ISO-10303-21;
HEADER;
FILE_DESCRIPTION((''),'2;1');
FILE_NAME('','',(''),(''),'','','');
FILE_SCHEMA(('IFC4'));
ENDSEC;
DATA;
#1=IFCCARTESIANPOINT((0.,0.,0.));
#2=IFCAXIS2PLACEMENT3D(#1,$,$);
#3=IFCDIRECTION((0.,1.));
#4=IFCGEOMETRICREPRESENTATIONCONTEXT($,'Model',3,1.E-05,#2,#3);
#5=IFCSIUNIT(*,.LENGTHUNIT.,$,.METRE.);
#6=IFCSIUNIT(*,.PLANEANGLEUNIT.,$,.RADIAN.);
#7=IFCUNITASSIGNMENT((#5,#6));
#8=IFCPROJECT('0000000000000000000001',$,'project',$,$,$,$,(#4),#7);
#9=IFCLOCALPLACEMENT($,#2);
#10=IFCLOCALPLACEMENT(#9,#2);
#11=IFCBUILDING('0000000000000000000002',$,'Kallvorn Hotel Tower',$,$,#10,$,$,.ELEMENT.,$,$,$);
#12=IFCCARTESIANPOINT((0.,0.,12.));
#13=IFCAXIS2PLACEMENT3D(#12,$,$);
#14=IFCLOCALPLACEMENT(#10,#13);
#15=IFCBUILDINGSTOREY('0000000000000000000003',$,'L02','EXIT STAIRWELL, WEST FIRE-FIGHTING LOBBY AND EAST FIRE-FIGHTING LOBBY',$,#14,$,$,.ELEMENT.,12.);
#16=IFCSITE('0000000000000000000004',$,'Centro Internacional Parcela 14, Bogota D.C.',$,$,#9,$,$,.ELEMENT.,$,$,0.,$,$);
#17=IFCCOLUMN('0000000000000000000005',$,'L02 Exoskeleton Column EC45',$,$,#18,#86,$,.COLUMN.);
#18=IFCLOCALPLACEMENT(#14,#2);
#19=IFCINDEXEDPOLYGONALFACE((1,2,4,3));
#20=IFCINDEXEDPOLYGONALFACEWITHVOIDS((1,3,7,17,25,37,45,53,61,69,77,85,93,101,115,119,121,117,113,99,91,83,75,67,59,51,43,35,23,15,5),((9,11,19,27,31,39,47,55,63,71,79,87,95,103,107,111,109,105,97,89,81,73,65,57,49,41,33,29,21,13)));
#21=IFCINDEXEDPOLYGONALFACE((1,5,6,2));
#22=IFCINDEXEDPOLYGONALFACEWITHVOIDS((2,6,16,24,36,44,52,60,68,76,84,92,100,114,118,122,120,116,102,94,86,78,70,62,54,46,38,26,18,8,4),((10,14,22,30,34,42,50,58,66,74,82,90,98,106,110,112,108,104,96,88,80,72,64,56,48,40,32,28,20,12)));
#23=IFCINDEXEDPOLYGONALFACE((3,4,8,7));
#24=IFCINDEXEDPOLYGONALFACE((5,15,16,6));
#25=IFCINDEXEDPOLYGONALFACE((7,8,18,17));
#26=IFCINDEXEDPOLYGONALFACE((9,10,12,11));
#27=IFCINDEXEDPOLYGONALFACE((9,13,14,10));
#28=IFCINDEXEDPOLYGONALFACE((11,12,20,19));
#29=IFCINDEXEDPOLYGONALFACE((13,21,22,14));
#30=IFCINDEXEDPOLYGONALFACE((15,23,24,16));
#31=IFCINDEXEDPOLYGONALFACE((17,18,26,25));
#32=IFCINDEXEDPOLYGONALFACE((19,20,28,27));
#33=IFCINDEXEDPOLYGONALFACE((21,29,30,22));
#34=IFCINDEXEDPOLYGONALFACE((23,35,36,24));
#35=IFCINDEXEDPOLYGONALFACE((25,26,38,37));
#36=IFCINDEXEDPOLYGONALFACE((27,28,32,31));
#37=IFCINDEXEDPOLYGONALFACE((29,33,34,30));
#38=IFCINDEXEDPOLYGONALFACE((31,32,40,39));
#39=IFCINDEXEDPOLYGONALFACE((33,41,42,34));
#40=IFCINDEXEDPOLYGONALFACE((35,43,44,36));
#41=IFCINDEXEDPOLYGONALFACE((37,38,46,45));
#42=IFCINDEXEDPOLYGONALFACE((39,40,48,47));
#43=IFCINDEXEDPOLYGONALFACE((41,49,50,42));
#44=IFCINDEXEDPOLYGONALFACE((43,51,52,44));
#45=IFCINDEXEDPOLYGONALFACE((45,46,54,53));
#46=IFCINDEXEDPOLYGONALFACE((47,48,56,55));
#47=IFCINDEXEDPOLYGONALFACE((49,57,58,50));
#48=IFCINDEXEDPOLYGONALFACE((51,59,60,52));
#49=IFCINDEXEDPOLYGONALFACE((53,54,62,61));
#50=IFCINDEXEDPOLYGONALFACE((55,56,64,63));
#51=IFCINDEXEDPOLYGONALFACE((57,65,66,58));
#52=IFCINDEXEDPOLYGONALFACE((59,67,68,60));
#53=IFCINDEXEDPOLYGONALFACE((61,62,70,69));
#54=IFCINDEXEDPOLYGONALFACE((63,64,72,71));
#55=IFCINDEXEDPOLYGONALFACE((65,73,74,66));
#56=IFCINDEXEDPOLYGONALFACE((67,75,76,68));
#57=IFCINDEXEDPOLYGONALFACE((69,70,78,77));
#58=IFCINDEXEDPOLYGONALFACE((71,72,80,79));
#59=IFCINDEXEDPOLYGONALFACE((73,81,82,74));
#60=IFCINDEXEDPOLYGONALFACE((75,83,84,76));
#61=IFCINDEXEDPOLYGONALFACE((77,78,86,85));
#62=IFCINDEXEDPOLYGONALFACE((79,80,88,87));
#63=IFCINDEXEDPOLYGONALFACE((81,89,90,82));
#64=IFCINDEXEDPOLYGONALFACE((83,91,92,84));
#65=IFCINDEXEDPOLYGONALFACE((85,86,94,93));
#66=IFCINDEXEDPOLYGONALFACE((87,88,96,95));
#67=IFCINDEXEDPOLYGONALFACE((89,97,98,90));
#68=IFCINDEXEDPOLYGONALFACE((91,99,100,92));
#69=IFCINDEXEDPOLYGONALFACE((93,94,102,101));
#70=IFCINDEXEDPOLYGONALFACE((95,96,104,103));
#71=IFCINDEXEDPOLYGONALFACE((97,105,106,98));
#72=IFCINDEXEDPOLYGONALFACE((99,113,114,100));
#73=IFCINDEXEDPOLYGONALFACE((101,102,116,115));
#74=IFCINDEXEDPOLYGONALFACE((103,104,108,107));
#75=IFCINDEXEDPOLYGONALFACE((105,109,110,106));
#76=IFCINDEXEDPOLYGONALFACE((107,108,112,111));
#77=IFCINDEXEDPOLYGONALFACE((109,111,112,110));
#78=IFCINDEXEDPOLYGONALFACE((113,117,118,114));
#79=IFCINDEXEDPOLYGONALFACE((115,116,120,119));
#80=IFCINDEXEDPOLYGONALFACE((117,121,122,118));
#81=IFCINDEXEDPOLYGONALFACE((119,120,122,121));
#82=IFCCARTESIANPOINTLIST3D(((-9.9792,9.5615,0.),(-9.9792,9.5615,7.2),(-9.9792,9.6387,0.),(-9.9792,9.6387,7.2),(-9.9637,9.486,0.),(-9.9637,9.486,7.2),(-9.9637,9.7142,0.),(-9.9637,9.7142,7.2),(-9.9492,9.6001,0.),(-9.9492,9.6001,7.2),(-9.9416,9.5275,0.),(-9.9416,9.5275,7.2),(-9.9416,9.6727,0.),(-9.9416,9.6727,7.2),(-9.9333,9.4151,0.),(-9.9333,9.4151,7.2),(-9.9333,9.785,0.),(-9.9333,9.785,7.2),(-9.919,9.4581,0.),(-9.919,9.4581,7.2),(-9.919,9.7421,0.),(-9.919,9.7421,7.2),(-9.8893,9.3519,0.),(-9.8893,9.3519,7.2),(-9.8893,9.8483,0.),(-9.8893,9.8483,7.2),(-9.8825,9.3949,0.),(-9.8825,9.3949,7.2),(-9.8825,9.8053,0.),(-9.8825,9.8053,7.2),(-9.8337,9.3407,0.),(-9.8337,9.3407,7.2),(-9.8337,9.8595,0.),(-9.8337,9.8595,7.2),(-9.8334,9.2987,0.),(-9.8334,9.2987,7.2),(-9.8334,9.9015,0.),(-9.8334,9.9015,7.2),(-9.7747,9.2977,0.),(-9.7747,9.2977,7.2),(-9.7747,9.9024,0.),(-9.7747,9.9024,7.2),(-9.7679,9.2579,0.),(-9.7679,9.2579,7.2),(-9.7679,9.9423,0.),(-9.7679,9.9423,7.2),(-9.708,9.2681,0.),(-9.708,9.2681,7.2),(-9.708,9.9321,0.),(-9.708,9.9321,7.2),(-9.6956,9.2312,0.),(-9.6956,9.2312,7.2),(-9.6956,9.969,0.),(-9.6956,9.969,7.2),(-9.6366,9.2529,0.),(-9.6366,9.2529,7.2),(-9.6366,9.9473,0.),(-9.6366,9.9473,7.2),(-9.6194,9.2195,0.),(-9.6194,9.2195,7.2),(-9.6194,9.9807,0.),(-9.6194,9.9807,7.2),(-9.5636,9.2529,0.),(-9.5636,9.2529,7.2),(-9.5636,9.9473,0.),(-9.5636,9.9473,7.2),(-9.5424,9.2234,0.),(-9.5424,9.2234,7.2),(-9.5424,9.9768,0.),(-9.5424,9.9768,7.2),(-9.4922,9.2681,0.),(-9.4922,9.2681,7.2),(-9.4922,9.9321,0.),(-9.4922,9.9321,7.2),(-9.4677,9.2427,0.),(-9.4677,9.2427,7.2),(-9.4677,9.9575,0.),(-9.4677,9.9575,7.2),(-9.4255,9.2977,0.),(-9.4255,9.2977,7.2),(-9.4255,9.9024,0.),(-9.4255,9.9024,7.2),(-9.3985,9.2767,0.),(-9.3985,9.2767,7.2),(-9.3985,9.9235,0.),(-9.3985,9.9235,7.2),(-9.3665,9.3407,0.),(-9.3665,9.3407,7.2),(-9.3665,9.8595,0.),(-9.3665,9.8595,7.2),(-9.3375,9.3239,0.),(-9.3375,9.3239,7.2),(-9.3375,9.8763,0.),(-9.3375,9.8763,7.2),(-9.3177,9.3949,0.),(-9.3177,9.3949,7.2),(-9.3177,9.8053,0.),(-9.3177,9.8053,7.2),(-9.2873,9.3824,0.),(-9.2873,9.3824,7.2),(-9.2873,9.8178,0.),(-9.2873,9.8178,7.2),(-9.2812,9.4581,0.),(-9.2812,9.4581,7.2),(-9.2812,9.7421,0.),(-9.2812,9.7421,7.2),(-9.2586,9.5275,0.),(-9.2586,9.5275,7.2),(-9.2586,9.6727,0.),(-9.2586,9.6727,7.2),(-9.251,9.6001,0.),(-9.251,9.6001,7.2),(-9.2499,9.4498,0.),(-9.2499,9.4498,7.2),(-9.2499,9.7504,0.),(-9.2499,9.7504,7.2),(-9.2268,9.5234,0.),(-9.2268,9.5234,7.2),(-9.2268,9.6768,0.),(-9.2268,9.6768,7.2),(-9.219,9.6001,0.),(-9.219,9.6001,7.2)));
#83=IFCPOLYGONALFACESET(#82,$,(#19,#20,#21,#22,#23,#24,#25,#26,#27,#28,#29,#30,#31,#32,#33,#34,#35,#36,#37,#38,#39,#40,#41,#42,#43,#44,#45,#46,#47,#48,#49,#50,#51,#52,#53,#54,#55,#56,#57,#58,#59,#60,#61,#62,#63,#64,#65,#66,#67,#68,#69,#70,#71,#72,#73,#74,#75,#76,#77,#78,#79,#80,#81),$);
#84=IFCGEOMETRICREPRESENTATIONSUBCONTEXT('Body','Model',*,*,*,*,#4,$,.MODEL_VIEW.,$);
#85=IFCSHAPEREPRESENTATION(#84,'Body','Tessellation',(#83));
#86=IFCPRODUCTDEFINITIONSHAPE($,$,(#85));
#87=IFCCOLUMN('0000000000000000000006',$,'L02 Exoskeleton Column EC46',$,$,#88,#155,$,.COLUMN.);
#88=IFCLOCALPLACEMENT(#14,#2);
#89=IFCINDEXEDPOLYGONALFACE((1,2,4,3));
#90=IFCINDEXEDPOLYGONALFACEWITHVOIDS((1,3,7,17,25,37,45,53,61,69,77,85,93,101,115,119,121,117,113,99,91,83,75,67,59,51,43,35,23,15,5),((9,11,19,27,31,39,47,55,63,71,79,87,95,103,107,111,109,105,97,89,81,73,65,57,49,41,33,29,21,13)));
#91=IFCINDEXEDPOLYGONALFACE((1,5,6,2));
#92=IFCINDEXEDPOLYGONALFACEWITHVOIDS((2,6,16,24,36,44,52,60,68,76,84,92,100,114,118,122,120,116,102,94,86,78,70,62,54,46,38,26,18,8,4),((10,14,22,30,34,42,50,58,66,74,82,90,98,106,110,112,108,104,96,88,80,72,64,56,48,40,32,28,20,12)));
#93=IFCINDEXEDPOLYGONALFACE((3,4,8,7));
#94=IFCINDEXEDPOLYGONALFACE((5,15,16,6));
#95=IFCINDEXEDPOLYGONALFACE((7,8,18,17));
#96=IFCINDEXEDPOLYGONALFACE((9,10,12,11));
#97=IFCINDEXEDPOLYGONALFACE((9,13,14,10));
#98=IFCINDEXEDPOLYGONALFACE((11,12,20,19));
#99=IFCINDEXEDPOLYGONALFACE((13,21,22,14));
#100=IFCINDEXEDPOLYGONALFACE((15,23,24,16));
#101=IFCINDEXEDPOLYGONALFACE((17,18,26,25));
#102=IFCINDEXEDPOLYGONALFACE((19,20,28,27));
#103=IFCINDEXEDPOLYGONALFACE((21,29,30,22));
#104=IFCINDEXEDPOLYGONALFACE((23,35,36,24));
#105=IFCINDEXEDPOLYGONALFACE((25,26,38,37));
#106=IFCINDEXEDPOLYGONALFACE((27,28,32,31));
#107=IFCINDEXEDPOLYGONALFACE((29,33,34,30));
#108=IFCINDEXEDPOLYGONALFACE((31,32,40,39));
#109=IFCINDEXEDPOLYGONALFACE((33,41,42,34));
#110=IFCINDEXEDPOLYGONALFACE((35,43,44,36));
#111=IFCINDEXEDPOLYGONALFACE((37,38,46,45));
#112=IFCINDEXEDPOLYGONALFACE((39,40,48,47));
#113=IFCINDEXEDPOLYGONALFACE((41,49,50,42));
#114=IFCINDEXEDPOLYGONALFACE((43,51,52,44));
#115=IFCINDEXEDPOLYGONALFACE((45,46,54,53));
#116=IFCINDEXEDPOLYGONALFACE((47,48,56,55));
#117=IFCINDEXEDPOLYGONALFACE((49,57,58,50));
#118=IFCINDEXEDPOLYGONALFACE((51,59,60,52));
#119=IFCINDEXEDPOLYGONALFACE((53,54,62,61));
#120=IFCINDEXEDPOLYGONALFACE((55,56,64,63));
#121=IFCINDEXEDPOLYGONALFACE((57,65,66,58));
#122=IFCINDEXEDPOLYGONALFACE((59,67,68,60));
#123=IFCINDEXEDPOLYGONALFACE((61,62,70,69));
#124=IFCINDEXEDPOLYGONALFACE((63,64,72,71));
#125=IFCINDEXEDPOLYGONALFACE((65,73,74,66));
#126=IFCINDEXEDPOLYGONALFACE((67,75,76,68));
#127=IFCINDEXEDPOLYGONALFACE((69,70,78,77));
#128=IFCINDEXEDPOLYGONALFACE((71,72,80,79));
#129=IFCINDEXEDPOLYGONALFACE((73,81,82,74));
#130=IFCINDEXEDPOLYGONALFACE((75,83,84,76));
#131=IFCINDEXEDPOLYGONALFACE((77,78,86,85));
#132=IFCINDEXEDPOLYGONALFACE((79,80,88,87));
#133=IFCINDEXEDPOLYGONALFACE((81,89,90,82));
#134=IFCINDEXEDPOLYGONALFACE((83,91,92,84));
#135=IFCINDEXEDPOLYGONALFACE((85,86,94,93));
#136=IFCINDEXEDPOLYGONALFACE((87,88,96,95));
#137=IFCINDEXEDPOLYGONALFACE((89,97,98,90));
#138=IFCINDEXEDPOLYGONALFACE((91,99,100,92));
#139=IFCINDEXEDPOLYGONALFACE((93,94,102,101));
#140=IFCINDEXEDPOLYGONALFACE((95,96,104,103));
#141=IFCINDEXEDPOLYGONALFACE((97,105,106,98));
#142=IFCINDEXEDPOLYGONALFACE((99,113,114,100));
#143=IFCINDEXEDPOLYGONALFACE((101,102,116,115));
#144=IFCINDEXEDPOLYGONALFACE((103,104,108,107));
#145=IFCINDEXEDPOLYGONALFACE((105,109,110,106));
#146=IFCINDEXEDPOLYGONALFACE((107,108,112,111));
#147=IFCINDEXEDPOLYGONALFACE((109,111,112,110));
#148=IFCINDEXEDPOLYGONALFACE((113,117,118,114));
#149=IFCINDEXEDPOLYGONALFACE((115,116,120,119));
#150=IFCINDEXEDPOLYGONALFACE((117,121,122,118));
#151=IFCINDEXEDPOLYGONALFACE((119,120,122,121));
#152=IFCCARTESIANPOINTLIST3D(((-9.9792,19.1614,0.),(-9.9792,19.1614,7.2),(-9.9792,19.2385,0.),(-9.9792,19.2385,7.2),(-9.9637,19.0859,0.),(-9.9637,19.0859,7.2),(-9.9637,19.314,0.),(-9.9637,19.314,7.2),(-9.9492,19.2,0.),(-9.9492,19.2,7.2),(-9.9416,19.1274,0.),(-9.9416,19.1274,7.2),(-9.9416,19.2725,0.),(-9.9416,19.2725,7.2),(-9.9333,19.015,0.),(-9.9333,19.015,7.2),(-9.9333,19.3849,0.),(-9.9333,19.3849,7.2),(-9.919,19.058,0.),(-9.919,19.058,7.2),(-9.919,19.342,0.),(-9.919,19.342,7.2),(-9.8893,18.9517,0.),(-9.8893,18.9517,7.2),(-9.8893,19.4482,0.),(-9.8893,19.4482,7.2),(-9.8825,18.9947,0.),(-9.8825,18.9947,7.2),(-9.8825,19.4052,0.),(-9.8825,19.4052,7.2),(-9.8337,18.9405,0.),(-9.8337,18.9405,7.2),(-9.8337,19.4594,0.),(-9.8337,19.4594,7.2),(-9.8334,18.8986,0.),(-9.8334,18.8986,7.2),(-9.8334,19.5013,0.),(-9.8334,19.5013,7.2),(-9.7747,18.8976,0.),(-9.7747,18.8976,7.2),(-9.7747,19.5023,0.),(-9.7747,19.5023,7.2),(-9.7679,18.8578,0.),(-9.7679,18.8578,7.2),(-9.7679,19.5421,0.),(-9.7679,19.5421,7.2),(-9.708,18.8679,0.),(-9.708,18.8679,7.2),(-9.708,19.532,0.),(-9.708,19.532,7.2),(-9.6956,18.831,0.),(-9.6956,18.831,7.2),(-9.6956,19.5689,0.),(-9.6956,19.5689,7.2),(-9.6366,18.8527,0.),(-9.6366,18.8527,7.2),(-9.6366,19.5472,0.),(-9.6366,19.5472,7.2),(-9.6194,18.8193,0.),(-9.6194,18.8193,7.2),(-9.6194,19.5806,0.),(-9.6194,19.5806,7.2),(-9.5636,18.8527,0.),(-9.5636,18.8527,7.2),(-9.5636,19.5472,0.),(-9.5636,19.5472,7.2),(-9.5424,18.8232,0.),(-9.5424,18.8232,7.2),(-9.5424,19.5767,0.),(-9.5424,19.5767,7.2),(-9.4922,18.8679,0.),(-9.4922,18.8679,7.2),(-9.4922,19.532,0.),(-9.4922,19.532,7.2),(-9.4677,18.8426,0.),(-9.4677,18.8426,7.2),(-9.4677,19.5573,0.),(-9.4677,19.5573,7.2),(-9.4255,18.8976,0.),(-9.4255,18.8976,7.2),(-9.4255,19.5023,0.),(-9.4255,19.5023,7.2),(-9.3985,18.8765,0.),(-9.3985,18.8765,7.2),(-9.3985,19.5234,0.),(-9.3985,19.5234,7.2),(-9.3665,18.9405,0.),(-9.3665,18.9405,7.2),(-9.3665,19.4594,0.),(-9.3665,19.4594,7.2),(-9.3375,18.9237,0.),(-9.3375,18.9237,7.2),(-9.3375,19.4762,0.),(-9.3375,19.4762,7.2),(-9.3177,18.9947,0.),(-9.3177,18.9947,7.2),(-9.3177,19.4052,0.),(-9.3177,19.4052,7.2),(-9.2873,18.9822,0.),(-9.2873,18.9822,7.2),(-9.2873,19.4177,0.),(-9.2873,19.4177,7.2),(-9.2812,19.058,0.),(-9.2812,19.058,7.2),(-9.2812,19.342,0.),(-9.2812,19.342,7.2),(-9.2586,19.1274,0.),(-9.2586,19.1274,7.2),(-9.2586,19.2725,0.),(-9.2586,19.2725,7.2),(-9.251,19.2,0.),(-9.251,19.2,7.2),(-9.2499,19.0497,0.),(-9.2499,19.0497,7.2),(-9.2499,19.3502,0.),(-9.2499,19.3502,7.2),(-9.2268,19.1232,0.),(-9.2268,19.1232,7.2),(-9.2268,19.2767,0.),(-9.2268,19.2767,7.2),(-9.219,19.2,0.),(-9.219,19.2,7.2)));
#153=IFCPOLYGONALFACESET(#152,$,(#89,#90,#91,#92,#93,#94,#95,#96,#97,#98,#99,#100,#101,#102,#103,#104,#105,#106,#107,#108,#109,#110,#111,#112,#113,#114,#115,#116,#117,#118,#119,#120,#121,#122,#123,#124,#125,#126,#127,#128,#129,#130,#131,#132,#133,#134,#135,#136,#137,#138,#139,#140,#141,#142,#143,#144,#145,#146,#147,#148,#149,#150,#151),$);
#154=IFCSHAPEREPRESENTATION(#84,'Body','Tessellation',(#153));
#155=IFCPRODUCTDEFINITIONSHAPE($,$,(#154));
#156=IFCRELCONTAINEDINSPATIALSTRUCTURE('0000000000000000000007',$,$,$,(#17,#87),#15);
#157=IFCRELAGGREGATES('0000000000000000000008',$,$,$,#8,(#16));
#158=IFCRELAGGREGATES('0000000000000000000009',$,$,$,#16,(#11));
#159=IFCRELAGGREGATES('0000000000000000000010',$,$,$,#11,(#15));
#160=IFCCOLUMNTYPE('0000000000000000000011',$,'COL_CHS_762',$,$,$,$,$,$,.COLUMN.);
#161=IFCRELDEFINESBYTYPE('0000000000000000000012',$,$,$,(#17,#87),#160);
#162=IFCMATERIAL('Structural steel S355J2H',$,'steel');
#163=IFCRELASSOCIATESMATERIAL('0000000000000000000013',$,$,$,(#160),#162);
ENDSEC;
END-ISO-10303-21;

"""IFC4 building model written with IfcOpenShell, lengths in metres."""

from ifc_helpers import new_model, si_unit, direction, frame, origin, origin_2d, place, context, subcontext, project, spatial, hollow_circle, extrude, material, material_profile, profile_set, type_object, element, save


model = new_model("IFC4")

# Units and contexts
model_context = context("Model", 3, precision=1e-05, world=origin(), true_north=direction((0.0, 1.0)))
body_context = subcontext(model_context, "Body", "Model", "MODEL_VIEW")
ifc_project = project(units=[si_unit("LENGTHUNIT", "METRE"), si_unit("PLANEANGLEUNIT", "RADIAN")], contexts=[model_context])

# Site, building, storey
site_placement = place(None, origin())
site = spatial("IfcSite", under=ifc_project, at=site_placement, Name="Centro Internacional Parcela 14, Bogota D.C.", CompositionType="ELEMENT", RefElevation=0.0)
building_placement = place(site_placement, origin())
building = spatial("IfcBuilding", under=site, at=building_placement, Name="Kallvorn Hotel Tower", CompositionType="ELEMENT")
storey_placement = place(building_placement, frame((0.0, 0.0, 12.0)))
storey = spatial("IfcBuildingStorey", under=building, at=storey_placement, Name="L02", Description="EXIT STAIRWELL, WEST FIRE-FIGHTING LOBBY AND EAST FIRE-FIGHTING LOBBY", CompositionType="ELEMENT", Elevation=12.0)

# Columns
ifc_material_1 = material(Name="Structural steel S355J2H", Category="steel")
ifc_material_profile_1 = material_profile(ifc_material_1, hollow_circle(Radius=0.3811, WallThickness=0.032, at=origin_2d()), Name="CHS 762x32")
ifc_profile_set_1 = profile_set([ifc_material_profile_1], Name="Structural steel S355J2H")
column_type_1 = type_object("IfcColumnType", Name="COL_CHS_762", PredefinedType="COLUMN", material=ifc_profile_set_1)
for number, where, z_axis, x_axis, name in (
    (1, (-9.6001, 9.6001, 0.0), (0.0, 0.0, 1.0), (1.0, 0.0, 0.0), "L02 Exoskeleton Column EC45"),
    (2, (-9.6001, 19.2, 0.0), (0.0, 0.0, 1.0), (1.0, 0.0, 0.0), "L02 Exoskeleton Column EC46"),
):
    element("IfcColumn", number, at=place(storey_placement, frame(where, z_axis=z_axis, x_axis=x_axis)), inside=storey, type_object=column_type_1, Name=name, PredefinedType="COLUMN", context=body_context, shape_type="SweptSolid", body=[
        extrude(hollow_circle(Radius=0.3811, WallThickness=0.032, at=origin_2d()), origin(), (0.0, 0.0, 1.0), 7.2),
    ])

save(model, "model.ifc")
